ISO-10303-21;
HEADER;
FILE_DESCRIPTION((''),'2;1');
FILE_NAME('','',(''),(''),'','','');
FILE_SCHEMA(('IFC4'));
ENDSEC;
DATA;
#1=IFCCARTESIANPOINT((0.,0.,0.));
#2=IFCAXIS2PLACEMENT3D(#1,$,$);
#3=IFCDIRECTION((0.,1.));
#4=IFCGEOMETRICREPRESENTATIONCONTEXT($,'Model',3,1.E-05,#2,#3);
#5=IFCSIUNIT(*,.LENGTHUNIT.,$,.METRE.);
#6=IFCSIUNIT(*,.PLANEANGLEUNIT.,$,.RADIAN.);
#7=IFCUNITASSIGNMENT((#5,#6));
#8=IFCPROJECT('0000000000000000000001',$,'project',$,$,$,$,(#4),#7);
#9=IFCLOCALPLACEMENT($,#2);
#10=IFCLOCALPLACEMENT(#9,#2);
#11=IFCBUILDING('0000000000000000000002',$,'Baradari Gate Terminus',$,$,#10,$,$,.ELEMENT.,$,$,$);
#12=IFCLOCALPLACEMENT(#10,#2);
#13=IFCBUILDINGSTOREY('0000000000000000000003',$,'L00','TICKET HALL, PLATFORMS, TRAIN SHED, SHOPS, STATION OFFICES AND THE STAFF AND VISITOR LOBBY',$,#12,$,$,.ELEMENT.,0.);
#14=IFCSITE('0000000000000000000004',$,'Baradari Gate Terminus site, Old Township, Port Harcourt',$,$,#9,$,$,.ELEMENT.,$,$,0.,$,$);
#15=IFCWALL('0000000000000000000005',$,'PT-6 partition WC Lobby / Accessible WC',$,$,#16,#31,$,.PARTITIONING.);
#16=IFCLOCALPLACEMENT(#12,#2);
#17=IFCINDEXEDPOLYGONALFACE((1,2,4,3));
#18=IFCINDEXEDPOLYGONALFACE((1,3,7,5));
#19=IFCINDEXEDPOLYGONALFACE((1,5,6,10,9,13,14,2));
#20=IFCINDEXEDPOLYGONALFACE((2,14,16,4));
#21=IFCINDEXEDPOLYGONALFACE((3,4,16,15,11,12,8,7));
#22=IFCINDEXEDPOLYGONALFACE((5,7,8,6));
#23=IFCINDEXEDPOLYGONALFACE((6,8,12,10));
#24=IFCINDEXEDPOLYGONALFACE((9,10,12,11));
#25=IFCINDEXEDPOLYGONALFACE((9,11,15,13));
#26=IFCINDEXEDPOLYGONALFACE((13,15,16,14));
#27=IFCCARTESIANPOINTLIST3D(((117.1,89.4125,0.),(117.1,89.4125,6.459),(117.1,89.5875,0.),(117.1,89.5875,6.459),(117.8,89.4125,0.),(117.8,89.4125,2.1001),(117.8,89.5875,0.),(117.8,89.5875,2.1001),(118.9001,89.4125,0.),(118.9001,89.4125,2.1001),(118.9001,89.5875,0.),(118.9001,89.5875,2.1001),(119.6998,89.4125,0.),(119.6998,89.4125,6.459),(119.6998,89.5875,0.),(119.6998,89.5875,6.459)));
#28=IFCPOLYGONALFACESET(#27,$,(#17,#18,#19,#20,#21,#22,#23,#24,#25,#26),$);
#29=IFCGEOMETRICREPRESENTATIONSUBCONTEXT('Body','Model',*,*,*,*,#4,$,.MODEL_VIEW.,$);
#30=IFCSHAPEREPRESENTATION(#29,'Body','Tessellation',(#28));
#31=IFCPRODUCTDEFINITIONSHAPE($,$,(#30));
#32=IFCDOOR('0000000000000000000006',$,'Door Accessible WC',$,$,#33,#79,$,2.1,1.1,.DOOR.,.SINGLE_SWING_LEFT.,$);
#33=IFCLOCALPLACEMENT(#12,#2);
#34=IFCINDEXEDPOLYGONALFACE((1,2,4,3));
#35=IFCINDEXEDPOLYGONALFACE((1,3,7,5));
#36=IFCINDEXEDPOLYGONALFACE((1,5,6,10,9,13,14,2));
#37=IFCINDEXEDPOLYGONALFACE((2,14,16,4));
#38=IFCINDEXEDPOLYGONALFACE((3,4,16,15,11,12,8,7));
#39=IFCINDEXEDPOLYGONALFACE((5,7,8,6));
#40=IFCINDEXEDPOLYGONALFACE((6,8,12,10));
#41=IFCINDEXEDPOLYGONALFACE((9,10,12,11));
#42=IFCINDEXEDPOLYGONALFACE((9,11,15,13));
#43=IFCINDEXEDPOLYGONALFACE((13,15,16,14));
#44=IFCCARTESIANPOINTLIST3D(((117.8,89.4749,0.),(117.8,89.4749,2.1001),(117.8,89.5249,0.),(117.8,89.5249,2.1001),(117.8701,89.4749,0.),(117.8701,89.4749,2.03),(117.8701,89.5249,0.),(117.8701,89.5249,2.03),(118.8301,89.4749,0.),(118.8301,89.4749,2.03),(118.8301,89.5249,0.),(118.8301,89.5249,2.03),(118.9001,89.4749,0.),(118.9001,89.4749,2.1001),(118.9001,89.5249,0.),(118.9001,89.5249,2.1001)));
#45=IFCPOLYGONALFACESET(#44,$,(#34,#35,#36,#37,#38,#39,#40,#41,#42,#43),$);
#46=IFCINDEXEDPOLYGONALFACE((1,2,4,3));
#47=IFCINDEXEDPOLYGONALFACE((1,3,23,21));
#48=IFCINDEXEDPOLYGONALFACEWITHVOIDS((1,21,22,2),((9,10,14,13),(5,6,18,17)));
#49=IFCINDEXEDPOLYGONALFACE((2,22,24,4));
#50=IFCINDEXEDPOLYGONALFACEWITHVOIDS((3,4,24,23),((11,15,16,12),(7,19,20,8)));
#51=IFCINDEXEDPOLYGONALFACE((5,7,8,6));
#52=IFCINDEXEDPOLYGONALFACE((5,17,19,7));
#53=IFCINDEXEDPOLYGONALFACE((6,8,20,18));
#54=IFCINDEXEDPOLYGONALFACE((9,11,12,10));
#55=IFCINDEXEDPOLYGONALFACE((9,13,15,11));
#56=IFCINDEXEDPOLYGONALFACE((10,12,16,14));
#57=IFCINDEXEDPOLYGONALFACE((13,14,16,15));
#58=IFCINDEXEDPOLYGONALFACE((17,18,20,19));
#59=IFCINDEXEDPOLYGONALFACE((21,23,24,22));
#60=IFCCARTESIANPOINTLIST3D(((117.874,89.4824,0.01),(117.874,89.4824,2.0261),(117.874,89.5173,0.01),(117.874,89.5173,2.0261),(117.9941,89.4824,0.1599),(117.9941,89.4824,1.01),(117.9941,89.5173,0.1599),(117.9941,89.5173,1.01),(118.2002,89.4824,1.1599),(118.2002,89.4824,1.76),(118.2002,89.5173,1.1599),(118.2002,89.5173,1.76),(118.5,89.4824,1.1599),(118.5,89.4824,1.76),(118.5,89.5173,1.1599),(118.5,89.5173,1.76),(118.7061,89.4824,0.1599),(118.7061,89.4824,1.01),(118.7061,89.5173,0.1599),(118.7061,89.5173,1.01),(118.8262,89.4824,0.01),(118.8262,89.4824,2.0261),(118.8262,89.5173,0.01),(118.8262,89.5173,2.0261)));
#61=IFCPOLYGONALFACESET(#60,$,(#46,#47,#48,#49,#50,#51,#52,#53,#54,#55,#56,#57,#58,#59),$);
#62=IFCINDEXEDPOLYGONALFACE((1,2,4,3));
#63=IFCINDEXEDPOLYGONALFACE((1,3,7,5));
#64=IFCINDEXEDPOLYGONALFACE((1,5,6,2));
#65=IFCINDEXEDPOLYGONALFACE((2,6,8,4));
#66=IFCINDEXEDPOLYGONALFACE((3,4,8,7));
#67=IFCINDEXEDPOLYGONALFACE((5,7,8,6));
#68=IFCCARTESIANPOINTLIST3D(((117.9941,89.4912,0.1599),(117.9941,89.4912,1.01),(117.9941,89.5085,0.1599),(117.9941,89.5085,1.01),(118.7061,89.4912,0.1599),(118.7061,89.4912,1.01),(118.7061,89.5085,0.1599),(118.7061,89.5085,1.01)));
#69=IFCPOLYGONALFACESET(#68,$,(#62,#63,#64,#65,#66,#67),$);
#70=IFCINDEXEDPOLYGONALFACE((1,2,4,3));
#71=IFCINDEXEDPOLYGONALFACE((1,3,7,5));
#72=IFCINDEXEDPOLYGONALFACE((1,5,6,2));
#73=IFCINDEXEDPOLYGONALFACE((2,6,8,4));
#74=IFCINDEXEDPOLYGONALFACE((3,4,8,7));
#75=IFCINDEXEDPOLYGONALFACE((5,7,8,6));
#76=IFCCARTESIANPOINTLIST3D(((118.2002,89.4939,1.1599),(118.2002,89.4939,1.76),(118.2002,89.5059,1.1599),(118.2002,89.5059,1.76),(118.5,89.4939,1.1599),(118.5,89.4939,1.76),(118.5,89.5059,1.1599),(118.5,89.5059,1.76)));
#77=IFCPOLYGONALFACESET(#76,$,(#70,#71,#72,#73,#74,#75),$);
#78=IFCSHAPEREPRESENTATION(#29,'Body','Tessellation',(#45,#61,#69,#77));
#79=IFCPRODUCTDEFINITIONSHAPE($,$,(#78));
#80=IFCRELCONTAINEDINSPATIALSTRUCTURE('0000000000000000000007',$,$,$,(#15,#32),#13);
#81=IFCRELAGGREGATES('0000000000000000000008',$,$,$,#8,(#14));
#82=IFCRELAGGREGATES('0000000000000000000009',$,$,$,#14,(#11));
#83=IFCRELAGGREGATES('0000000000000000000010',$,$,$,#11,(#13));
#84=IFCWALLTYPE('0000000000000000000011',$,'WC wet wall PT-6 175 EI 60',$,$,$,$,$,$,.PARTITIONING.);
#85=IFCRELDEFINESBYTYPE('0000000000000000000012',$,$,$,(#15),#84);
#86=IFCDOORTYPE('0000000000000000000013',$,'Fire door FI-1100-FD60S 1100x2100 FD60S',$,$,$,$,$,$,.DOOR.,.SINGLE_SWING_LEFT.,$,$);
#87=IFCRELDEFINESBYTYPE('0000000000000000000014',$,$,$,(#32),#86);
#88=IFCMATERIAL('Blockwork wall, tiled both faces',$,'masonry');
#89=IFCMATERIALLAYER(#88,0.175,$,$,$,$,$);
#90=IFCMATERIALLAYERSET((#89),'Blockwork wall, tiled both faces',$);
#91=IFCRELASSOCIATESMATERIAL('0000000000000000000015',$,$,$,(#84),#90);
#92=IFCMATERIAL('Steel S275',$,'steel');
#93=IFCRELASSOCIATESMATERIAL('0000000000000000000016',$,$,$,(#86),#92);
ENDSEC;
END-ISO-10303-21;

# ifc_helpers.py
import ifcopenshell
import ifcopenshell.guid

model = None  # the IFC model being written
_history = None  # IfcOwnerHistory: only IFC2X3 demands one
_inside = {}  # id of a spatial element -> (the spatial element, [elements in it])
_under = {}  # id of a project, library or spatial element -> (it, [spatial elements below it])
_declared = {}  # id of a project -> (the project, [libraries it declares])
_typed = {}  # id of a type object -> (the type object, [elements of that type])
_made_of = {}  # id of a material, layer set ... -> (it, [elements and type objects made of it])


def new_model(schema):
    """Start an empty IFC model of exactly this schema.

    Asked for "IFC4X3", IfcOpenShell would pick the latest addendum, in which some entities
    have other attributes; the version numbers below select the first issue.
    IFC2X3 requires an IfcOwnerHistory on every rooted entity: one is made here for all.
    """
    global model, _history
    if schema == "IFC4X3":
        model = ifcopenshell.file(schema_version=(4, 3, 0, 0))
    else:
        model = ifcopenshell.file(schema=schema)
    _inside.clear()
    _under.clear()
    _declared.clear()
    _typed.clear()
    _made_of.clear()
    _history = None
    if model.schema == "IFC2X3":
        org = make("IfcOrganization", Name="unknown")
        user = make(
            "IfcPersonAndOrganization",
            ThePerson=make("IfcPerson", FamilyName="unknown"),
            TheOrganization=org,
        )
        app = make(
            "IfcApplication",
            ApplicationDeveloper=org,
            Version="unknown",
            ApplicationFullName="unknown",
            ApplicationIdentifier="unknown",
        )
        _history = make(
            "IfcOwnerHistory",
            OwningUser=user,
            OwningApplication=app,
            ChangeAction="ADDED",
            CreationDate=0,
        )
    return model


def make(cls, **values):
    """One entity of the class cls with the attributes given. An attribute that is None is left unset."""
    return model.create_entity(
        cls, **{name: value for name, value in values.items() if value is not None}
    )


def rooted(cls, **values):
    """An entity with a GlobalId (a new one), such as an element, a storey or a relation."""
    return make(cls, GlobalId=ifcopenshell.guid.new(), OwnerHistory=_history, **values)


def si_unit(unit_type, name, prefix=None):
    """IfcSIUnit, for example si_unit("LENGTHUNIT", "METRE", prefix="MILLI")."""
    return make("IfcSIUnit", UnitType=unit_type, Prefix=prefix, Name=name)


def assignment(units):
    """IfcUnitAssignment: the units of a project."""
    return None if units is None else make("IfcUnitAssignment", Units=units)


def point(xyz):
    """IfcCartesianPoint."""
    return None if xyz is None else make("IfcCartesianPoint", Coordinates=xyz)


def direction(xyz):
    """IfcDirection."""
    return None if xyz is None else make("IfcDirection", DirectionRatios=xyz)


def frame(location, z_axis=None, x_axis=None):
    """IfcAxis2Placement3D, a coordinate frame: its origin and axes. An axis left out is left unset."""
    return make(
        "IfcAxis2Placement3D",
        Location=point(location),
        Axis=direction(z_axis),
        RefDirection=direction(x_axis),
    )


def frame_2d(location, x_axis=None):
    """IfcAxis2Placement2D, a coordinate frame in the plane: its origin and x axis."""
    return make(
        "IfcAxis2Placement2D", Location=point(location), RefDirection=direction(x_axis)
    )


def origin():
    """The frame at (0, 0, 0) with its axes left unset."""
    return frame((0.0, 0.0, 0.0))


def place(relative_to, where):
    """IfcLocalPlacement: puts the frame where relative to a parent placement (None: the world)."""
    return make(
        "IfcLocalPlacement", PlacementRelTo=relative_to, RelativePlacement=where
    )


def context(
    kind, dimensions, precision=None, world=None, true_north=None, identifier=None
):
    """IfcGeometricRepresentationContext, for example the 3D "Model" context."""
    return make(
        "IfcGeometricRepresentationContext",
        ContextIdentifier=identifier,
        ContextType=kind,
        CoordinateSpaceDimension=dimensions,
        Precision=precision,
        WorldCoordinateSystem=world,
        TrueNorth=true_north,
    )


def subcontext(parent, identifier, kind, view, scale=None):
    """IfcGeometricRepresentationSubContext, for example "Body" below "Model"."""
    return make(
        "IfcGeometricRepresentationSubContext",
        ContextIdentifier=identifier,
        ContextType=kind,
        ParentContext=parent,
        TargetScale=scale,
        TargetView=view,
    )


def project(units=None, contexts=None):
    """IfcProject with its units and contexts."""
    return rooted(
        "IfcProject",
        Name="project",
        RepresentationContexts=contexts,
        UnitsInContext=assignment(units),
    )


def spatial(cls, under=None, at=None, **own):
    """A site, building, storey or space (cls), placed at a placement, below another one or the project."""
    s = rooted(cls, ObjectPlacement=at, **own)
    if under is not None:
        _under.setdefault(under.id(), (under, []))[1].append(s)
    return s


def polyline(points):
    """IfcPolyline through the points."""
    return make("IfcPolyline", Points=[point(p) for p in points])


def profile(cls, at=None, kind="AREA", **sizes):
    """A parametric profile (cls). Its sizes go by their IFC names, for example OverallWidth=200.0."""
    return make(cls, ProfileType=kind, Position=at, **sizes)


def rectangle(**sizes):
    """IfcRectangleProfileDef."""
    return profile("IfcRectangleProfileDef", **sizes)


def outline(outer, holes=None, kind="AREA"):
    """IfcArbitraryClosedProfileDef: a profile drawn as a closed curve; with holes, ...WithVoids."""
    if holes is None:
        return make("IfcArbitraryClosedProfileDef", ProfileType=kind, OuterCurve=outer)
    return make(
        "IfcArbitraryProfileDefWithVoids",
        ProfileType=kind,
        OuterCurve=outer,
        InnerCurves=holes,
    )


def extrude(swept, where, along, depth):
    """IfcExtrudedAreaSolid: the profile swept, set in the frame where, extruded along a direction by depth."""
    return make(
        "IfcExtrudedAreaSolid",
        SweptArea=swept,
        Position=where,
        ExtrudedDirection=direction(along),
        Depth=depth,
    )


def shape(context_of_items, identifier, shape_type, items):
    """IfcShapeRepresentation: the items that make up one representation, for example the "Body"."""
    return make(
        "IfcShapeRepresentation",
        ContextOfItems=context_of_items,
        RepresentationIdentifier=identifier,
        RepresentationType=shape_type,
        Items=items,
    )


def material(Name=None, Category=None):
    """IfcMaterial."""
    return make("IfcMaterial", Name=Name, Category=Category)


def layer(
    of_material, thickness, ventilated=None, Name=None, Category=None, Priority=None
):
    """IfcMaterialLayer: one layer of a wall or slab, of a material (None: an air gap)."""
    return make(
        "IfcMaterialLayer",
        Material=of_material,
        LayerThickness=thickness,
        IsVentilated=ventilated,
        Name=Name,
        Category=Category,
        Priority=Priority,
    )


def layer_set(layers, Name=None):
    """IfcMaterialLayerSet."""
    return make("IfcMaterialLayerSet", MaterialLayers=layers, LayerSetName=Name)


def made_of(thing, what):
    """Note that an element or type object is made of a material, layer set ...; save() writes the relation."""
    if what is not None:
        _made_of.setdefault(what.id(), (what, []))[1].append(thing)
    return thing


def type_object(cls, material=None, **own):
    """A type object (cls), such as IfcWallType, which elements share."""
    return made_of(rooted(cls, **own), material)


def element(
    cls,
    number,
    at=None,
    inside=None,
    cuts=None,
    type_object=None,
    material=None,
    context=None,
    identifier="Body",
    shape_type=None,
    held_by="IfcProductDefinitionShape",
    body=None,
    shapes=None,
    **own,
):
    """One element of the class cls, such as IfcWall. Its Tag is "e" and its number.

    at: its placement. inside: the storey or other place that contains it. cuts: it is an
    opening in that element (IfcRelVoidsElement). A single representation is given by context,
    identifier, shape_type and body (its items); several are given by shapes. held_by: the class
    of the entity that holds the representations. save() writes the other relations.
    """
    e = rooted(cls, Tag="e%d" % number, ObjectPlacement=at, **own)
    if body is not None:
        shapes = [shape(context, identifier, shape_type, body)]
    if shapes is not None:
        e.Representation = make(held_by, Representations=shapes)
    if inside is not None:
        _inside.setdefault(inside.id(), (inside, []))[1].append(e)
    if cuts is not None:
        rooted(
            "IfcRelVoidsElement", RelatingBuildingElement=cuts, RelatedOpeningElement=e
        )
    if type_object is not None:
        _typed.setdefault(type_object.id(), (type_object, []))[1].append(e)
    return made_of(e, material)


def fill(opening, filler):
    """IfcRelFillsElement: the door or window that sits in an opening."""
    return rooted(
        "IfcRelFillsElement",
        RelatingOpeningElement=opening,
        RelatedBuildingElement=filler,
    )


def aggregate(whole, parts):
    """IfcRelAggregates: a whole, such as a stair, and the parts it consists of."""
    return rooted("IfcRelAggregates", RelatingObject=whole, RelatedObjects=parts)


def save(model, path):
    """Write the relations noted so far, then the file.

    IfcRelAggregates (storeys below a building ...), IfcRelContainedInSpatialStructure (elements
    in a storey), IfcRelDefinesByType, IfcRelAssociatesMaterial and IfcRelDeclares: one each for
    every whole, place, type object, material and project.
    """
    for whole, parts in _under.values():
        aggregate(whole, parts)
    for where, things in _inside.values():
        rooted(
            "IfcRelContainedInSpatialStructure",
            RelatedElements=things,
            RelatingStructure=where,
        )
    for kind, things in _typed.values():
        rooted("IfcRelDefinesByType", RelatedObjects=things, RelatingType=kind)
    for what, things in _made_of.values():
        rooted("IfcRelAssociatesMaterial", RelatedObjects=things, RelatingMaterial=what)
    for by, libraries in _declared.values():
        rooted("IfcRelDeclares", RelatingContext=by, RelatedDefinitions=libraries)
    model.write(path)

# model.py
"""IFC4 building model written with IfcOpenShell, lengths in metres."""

from ifc_helpers import new_model, si_unit, direction, frame, frame_2d, origin, place, context, subcontext, project, spatial, polyline, rectangle, outline, extrude, material, layer, layer_set, type_object, element, fill, save


model = new_model("IFC4")

# Units and contexts
model_context = context("Model", 3, precision=1e-05, world=origin(), true_north=direction((0.0, 1.0)))
body_context = subcontext(model_context, "Body", "Model", "MODEL_VIEW")
ifc_project = project(units=[si_unit("LENGTHUNIT", "METRE"), si_unit("PLANEANGLEUNIT", "RADIAN")], contexts=[model_context])

# Site, building, storey
site_placement = place(None, origin())
site = spatial("IfcSite", under=ifc_project, at=site_placement, Name="Baradari Gate Terminus site, Old Township, Port Harcourt", CompositionType="ELEMENT", RefElevation=0.0)
building_placement = place(site_placement, origin())
building = spatial("IfcBuilding", under=site, at=building_placement, Name="Baradari Gate Terminus", CompositionType="ELEMENT")
storey_placement = place(building_placement, origin())
storey = spatial("IfcBuildingStorey", under=building, at=storey_placement, Name="L00", Description="TICKET HALL, PLATFORMS, TRAIN SHED, SHOPS, STATION OFFICES AND THE STAFF AND VISITOR LOBBY", CompositionType="ELEMENT", Elevation=0.0)

# Shared definitions
ifc_material_1 = material(Name="Blockwork wall, tiled both faces", Category="masonry")
ifc_layer_1 = layer(ifc_material_1, 0.175)
ifc_layer_set_1 = layer_set([ifc_layer_1], Name="Blockwork wall, tiled both faces")
wall_type_1 = type_object("IfcWallType", Name="WC wet wall PT-6 175 EI 60", PredefinedType="PARTITIONING", material=ifc_layer_set_1)

# Wall, opening, door
wall_1_placement = place(storey_placement, frame((117.1001, 89.5, 0.0), z_axis=(0.0, 0.0, 1.0), x_axis=(1.0, 0.0, 0.0)))
wall_1 = element("IfcWall", 1, at=wall_1_placement, inside=storey, type_object=wall_type_1, Name="PT-6 partition WC Lobby / Accessible WC", PredefinedType="PARTITIONING", context=body_context, shape_type="SweptSolid", body=[
    extrude(rectangle(XDim=2.5999, YDim=0.175, at=frame_2d((1.2998, 0.0))), origin(), (0.0, 0.0, 1.0), 6.459),
])
opening_1_placement = place(wall_1_placement, frame((0.7, 0.0, 0.0)))
opening_1 = element("IfcOpeningElement", 2, at=opening_1_placement, cuts=wall_1, PredefinedType="OPENING", context=body_context, shape_type="SweptSolid", body=[
    extrude(rectangle(XDim=1.1001, YDim=2.1001, at=frame_2d((0.55, 1.05))), frame((0.0, 0.0974, 0.0), z_axis=(0.0, -1.0, 0.0), x_axis=(1.0, 0.0, 0.0)), (0.0, 0.0, 1.0), 0.1951),
])
ifc_material_2 = material(Name="Steel S275", Category="steel")
door_type_1 = type_object("IfcDoorType", Name="Fire door FI-1100-FD60S 1100x2100 FD60S", OperationType="SINGLE_SWING_LEFT", PredefinedType="DOOR", material=ifc_material_2)
door_1_placement = place(opening_1_placement, origin())
door_1 = element("IfcDoor", 3, at=door_1_placement, inside=storey, type_object=door_type_1, Name="Door Accessible WC", OperationType="SINGLE_SWING_LEFT", OverallHeight=2.1, OverallWidth=1.1, PredefinedType="DOOR", context=body_context, shape_type="SweptSolid", body=[
    extrude(outline(polyline([(0.0, 0.0), (0.0701, 0.0), (0.0701, 2.03), (1.03, 2.03), (1.03, 0.0), (1.1001, 0.0), (1.1001, 2.1001), (0.0, 2.1001), (0.0, 0.0)])), frame((0.0, 0.0249, 0.0), z_axis=(0.0, -1.0, 0.0), x_axis=(1.0, 0.0, 0.0)), (0.0, 0.0, 1.0), 0.05),
    extrude(outline(polyline([(0.074, 0.01), (1.0261, 0.01), (1.0261, 2.0261), (0.074, 2.0261), (0.074, 0.01)]), holes=[polyline([(0.1941, 0.1599), (0.906, 0.1599), (0.906, 1.01), (0.1941, 1.01), (0.1941, 0.1599)]), polyline([(0.4001, 1.1599), (0.7, 1.1599), (0.7, 1.76), (0.4001, 1.76), (0.4001, 1.1599)])]), frame((0.0, 0.0173, 0.0), z_axis=(0.0, -1.0, 0.0), x_axis=(1.0, 0.0, 0.0)), (0.0, 0.0, 1.0), 0.0349),
    extrude(rectangle(XDim=0.7119, YDim=0.8501, at=frame_2d((0.55, 0.585))), frame((0.0, 0.0085, 0.0), z_axis=(0.0, -1.0, 0.0), x_axis=(1.0, 0.0, 0.0)), (0.0, 0.0, 1.0), 0.0173),
    extrude(rectangle(XDim=0.2998, YDim=0.6001, at=frame_2d((0.55, 1.46))), frame((0.0, 0.0059, 0.0), z_axis=(0.0, -1.0, 0.0), x_axis=(1.0, 0.0, 0.0)), (0.0, 0.0, 1.0), 0.012),
])
fill(opening_1, door_1)

save(model, "model.ifc")
